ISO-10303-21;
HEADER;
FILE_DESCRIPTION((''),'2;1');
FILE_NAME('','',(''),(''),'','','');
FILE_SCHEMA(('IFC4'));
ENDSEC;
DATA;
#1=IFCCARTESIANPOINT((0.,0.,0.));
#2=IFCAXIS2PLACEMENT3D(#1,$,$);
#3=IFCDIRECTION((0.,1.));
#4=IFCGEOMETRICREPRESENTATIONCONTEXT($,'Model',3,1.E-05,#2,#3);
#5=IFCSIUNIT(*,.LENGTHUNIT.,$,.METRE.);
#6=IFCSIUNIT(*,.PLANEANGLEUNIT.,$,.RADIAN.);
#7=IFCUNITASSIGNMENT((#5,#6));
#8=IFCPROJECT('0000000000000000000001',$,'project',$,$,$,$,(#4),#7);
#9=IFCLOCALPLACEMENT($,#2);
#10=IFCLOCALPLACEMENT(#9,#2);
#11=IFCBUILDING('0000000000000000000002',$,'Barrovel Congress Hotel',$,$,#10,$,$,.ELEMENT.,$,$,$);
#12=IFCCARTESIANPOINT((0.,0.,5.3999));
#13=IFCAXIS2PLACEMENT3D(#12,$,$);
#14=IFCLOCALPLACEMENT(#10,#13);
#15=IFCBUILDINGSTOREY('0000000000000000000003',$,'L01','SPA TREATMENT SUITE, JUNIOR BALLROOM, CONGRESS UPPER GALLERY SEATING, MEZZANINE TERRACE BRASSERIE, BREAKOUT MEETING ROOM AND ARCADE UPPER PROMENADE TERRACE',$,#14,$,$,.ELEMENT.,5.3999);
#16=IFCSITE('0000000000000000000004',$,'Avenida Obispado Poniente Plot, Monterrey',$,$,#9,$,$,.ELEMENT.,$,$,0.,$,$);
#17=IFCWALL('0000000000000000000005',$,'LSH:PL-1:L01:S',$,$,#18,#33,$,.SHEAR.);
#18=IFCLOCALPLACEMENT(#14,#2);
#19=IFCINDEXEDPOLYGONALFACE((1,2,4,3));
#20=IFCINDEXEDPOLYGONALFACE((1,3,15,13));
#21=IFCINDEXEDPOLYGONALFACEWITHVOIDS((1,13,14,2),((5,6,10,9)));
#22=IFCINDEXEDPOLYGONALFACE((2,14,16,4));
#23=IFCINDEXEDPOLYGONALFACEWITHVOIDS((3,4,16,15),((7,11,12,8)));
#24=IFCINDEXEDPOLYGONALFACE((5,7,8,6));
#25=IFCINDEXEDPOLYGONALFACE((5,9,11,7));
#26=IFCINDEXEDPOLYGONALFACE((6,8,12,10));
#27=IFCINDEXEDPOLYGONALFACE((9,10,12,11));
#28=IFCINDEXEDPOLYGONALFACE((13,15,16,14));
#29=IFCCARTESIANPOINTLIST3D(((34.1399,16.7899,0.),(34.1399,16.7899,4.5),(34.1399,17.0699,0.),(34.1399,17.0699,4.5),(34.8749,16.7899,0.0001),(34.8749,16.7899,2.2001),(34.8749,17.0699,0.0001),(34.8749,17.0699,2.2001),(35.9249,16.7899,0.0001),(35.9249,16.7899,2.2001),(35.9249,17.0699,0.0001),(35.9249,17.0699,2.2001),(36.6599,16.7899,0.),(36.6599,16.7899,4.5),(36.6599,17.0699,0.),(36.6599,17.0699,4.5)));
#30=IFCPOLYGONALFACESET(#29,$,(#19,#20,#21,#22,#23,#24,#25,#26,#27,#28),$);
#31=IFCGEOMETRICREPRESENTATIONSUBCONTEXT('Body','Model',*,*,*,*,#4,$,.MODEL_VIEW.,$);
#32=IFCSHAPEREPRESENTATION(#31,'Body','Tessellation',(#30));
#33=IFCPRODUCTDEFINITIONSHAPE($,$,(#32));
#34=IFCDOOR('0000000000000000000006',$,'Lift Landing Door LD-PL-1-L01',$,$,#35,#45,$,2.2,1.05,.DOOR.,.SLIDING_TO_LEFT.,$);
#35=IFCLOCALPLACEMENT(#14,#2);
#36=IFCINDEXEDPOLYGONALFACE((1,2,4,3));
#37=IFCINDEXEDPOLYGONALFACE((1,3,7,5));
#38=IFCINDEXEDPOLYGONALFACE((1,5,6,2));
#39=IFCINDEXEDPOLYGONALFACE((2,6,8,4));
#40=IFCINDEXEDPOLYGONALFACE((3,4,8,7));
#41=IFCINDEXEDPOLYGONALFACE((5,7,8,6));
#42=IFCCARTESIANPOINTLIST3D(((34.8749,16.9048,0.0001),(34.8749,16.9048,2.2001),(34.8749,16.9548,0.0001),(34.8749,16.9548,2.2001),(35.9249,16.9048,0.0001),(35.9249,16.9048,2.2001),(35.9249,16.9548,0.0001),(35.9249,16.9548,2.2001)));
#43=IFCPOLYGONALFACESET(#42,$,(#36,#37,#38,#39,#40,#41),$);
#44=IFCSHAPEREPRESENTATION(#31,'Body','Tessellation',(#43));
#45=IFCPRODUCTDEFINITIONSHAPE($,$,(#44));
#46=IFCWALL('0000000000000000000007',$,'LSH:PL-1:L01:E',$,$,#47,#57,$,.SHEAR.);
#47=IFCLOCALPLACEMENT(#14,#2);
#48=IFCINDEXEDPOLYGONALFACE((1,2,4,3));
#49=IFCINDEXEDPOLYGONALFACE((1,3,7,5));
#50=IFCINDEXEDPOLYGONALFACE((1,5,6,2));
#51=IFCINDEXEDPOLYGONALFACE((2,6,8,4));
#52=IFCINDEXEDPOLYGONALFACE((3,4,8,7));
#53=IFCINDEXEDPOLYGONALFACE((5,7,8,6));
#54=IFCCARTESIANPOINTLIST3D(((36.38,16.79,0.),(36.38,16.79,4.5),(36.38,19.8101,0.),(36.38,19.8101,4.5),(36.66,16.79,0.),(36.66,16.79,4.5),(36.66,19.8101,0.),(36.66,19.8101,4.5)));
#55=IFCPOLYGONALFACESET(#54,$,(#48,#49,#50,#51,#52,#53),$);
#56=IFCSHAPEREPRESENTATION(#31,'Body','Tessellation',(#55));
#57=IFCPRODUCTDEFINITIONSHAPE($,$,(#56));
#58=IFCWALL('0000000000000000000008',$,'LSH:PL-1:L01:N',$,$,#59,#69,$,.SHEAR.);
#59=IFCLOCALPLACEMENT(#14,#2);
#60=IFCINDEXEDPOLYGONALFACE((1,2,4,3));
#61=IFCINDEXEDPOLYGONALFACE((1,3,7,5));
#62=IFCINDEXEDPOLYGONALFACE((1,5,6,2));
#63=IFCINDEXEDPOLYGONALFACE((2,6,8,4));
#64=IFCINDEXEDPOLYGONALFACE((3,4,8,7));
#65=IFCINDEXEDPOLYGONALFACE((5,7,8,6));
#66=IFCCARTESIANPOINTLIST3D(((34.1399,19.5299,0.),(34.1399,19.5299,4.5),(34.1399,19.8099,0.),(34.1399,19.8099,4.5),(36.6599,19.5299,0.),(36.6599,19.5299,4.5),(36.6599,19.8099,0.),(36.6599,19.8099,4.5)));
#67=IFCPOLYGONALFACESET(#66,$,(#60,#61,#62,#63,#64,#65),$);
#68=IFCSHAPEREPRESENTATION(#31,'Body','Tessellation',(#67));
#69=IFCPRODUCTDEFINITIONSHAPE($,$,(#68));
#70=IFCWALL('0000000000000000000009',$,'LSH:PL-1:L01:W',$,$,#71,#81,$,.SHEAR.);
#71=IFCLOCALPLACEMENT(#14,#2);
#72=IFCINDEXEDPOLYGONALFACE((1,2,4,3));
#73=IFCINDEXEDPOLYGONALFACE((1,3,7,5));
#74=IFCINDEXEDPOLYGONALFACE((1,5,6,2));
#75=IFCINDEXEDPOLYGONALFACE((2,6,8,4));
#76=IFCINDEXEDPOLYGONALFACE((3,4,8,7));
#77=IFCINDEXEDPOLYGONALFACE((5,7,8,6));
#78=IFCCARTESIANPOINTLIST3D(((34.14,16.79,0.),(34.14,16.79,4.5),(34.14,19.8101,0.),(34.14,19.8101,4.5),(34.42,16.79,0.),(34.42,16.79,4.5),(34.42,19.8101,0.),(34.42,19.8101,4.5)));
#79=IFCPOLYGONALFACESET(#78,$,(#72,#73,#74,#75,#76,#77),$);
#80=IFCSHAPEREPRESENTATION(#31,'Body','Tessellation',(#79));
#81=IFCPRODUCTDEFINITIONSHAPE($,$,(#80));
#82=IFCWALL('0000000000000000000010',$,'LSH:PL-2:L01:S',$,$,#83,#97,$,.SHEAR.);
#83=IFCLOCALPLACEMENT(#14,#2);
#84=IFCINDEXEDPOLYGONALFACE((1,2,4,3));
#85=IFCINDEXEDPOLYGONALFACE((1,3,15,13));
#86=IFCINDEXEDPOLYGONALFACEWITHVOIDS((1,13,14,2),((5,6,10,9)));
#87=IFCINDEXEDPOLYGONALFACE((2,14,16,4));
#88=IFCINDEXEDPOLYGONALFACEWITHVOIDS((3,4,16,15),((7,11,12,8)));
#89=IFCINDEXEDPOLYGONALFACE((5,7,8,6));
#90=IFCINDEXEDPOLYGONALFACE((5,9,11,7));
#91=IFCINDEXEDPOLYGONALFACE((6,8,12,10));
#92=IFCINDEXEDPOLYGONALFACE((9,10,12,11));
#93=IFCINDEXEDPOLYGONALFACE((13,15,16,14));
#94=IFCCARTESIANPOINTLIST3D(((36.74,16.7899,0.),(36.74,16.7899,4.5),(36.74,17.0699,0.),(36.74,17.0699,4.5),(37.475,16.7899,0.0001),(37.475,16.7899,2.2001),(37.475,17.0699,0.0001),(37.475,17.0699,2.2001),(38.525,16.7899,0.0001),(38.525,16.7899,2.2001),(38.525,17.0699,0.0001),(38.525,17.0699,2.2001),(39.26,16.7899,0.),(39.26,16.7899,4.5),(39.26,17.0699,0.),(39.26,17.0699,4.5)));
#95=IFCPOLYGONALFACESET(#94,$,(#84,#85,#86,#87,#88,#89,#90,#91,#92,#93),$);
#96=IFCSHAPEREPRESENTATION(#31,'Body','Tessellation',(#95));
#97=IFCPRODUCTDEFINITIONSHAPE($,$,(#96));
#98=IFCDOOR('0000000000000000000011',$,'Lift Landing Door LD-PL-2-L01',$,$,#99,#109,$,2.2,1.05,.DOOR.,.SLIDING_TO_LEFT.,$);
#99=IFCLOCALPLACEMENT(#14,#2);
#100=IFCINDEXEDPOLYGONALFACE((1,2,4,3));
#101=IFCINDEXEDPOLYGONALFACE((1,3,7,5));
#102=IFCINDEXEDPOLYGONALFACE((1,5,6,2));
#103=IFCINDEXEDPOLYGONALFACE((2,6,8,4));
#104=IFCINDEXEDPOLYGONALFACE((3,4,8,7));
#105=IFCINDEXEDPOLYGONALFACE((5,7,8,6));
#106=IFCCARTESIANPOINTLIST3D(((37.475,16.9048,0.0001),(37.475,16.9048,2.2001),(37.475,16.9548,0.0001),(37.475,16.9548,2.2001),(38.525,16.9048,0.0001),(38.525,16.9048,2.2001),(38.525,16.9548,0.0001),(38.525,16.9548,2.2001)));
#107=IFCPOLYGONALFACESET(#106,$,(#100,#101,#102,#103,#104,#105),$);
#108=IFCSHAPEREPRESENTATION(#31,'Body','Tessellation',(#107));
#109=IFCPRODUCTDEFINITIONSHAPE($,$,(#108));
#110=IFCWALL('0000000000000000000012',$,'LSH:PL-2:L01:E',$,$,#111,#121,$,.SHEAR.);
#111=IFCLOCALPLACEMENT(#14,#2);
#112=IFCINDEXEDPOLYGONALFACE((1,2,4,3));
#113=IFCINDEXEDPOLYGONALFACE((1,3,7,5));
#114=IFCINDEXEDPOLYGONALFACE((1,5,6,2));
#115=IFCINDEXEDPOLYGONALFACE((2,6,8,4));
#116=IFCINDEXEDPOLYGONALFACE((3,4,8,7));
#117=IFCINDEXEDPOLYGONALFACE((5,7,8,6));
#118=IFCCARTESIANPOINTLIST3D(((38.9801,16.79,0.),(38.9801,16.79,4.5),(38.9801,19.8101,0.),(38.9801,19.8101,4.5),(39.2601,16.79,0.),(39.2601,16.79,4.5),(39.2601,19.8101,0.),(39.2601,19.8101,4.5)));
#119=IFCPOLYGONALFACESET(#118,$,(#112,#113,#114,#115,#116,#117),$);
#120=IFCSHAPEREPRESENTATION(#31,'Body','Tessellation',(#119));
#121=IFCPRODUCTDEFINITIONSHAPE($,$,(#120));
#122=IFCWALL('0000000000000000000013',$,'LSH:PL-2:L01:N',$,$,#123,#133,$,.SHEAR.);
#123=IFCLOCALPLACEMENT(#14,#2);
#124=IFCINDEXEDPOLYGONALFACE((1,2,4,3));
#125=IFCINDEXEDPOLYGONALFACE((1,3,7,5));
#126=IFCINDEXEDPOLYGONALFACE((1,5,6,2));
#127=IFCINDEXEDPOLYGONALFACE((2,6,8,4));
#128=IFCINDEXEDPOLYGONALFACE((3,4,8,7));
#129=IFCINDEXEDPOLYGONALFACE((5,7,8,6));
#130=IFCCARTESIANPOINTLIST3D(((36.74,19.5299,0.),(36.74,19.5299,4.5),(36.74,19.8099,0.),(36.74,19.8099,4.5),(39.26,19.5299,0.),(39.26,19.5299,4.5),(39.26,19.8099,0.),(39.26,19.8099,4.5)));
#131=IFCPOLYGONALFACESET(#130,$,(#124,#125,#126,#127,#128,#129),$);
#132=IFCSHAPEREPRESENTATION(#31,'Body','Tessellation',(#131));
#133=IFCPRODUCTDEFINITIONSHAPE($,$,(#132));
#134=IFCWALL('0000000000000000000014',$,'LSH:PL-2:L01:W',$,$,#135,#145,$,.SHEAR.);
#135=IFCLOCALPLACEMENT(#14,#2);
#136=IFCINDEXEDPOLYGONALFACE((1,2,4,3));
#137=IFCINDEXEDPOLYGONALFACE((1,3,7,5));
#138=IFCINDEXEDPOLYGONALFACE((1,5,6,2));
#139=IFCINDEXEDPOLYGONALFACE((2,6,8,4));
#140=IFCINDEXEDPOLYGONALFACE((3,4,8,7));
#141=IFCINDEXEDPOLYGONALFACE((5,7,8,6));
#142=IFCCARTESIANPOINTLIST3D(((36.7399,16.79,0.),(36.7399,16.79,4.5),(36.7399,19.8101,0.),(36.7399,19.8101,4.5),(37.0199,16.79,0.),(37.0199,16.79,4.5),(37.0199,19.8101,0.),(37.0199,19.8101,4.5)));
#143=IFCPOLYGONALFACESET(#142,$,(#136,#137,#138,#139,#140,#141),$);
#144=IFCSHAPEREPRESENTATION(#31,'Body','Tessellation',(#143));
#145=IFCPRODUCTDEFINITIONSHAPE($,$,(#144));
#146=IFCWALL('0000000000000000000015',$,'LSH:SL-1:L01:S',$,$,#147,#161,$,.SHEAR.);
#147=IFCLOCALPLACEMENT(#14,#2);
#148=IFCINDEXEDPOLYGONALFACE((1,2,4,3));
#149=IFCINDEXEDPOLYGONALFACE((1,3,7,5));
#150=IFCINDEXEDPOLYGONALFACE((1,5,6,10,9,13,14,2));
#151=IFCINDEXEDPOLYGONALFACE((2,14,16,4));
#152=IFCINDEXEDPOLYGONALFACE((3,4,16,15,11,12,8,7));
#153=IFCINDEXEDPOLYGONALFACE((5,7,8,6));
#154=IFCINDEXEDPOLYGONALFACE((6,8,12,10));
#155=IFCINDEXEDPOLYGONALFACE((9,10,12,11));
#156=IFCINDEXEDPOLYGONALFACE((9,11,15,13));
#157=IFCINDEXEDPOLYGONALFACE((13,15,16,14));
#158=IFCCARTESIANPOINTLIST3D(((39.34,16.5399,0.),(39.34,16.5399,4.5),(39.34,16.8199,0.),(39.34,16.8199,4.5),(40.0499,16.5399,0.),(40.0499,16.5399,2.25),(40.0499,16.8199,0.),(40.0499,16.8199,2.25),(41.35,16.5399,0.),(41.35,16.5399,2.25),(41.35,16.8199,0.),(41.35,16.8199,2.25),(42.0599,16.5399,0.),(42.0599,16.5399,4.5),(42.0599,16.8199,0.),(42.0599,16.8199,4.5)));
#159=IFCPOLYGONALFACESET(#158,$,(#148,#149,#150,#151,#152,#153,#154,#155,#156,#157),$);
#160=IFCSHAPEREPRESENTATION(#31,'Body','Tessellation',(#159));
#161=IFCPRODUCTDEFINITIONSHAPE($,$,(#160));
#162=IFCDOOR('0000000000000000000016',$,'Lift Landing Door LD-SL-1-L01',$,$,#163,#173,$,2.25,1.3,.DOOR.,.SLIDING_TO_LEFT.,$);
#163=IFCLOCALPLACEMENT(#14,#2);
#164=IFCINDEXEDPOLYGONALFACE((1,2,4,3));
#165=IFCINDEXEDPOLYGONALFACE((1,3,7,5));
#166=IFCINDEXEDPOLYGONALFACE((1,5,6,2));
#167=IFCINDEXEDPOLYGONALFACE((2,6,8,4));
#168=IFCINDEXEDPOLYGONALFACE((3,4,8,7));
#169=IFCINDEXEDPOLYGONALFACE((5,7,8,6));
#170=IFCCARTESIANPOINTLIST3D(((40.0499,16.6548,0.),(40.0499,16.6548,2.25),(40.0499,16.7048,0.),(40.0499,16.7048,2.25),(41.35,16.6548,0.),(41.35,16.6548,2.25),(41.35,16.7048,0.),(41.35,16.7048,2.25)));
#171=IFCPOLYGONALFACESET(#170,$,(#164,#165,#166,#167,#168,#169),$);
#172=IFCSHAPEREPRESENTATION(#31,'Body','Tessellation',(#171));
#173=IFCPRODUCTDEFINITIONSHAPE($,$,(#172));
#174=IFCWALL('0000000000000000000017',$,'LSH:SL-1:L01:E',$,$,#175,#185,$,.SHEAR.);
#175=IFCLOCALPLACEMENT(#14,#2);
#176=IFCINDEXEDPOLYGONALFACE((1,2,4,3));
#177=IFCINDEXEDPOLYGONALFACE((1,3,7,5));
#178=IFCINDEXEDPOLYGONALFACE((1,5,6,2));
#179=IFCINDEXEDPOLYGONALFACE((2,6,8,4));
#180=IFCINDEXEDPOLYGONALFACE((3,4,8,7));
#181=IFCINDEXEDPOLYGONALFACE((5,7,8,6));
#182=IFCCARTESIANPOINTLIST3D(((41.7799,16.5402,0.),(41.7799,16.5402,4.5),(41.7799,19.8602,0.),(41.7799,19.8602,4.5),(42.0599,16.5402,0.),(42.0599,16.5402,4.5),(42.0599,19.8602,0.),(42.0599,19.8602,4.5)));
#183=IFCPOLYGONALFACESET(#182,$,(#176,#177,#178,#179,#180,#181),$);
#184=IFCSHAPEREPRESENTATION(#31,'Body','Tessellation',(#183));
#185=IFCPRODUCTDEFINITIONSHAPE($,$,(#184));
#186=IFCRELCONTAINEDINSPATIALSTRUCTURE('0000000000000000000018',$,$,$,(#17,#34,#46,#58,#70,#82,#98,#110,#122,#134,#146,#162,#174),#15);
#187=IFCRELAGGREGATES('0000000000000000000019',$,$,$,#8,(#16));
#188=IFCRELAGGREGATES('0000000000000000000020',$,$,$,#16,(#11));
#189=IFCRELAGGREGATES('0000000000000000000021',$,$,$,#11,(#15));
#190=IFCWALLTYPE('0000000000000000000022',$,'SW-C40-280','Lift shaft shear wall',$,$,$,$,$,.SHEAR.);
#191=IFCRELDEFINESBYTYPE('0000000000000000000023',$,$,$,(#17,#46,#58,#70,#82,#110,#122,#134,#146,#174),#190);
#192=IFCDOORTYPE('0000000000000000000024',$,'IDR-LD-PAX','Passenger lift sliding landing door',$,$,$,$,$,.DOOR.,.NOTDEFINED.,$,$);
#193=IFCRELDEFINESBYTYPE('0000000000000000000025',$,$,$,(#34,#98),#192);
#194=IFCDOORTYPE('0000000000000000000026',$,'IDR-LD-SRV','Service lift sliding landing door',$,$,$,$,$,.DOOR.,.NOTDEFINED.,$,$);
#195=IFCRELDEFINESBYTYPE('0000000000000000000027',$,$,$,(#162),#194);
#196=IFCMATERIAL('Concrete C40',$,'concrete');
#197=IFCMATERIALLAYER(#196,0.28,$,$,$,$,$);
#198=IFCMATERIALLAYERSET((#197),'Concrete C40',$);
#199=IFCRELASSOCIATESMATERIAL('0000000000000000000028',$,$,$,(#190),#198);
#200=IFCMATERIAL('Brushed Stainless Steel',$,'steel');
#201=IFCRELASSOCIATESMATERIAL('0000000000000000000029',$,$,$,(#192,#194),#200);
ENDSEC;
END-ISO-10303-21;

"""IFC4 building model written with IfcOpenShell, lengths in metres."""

from ifc_helpers import new_model, si_unit, direction, frame, frame_2d, origin, place, context, subcontext, project, spatial, rectangle, extrude, material, layer, layer_set, type_object, element, fill, save


model = new_model("IFC4")

# Units and contexts
model_context = context("Model", 3, precision=1e-05, world=origin(), true_north=direction((0.0, 1.0)))
body_context = subcontext(model_context, "Body", "Model", "MODEL_VIEW")
ifc_project = project(units=[si_unit("LENGTHUNIT", "METRE"), si_unit("PLANEANGLEUNIT", "RADIAN")], contexts=[model_context])

# Site, building, storey
site_placement = place(None, origin())
site = spatial("IfcSite", under=ifc_project, at=site_placement, Name="Avenida Obispado Poniente Plot, Monterrey", CompositionType="ELEMENT", RefElevation=0.0)
building_placement = place(site_placement, origin())
building = spatial("IfcBuilding", under=site, at=building_placement, Name="Barrovel Congress Hotel", CompositionType="ELEMENT")
storey_placement = place(building_placement, frame((0.0, 0.0, 5.3999)))
storey = spatial("IfcBuildingStorey", under=building, at=storey_placement, Name="L01", Description="SPA TREATMENT SUITE, JUNIOR BALLROOM, CONGRESS UPPER GALLERY SEATING, MEZZANINE TERRACE BRASSERIE, BREAKOUT MEETING ROOM AND ARCADE UPPER PROMENADE TERRACE", CompositionType="ELEMENT", Elevation=5.3999)

# Shared definitions
ifc_material_1 = material(Name="Concrete C40", Category="concrete")

# Wall, opening, door
ifc_layer_1 = layer(ifc_material_1, 0.28)
ifc_layer_set_1 = layer_set([ifc_layer_1], Name="Concrete C40")
wall_type_1 = type_object("IfcWallType", Name="SW-C40-280", Description="Lift shaft shear wall", PredefinedType="SHEAR", material=ifc_layer_set_1)
wall_1_placement = place(storey_placement, frame((34.1399, 16.9299, 0.0), z_axis=(0.0, 0.0, 1.0), x_axis=(1.0, 0.0, 0.0)))
wall_1 = element("IfcWall", 1, at=wall_1_placement, inside=storey, type_object=wall_type_1, Name="LSH:PL-1:L01:S", PredefinedType="SHEAR", context=body_context, shape_type="SweptSolid", body=[
    extrude(rectangle(XDim=2.52, YDim=0.28, at=frame_2d((1.26, 0.0))), origin(), (0.0, 0.0, 1.0), 4.5),
])
opening_1_placement = place(wall_1_placement, frame((0.7351, 0.0, 0.0)))
opening_1 = element("IfcOpeningElement", 2, at=opening_1_placement, cuts=wall_1, PredefinedType="OPENING", context=body_context, shape_type="SweptSolid", body=[
    extrude(rectangle(XDim=1.05, YDim=2.2, at=frame_2d((0.5249, 1.1001))), frame((0.0, 0.1499, 0.0), z_axis=(0.0, -1.0, 0.0), x_axis=(1.0, 0.0, 0.0)), (0.0, 0.0, 1.0), 0.3),
])
ifc_material_2 = material(Name="Brushed Stainless Steel", Category="steel")
door_type_1 = type_object("IfcDoorType", Name="IDR-LD-PAX", Description="Passenger lift sliding landing door", OperationType="NOTDEFINED", PredefinedType="DOOR", material=ifc_material_2)
door_1_placement = place(opening_1_placement, origin())
door_1 = element("IfcDoor", 3, at=door_1_placement, inside=storey, type_object=door_type_1, Name="Lift Landing Door LD-PL-1-L01", OperationType="SLIDING_TO_LEFT", OverallHeight=2.2, OverallWidth=1.05, PredefinedType="DOOR", context=body_context, shape_type="SweptSolid", body=[
    extrude(rectangle(XDim=1.05, YDim=2.2, at=frame_2d((0.5249, 1.1001))), frame((0.0, 0.0249, 0.0), z_axis=(0.0, -1.0, 0.0), x_axis=(1.0, 0.0, 0.0)), (0.0, 0.0, 1.0), 0.05),
])
fill(opening_1, door_1)

# Walls
wall_2_placement = place(storey_placement, frame((36.52, 16.79, 0.0), z_axis=(0.0, 0.0, 1.0), x_axis=(0.0, 1.0, 0.0)))
element("IfcWall", 4, at=wall_2_placement, inside=storey, type_object=wall_type_1, Name="LSH:PL-1:L01:E", PredefinedType="SHEAR", context=body_context, shape_type="SweptSolid", body=[
    extrude(rectangle(XDim=3.02, YDim=0.28, at=frame_2d((1.51, 0.0))), origin(), (0.0, 0.0, 1.0), 4.5),
])
wall_3_placement = place(storey_placement, frame((36.6599, 19.6699, 0.0), z_axis=(0.0, 0.0, 1.0), x_axis=(-1.0, 0.0, 0.0)))
element("IfcWall", 5, at=wall_3_placement, inside=storey, type_object=wall_type_1, Name="LSH:PL-1:L01:N", PredefinedType="SHEAR", context=body_context, shape_type="SweptSolid", body=[
    extrude(rectangle(XDim=2.52, YDim=0.28, at=frame_2d((1.26, 0.0))), origin(), (0.0, 0.0, 1.0), 4.5),
])
wall_4_placement = place(storey_placement, frame((34.28, 19.8101, 0.0), z_axis=(0.0, 0.0, 1.0), x_axis=(0.0, -1.0, 0.0)))
element("IfcWall", 6, at=wall_4_placement, inside=storey, type_object=wall_type_1, Name="LSH:PL-1:L01:W", PredefinedType="SHEAR", context=body_context, shape_type="SweptSolid", body=[
    extrude(rectangle(XDim=3.02, YDim=0.28, at=frame_2d((1.51, 0.0))), origin(), (0.0, 0.0, 1.0), 4.5),
])

# Wall, opening, door
wall_5_placement = place(storey_placement, frame((36.74, 16.9299, 0.0), z_axis=(0.0, 0.0, 1.0), x_axis=(1.0, 0.0, 0.0)))
wall_5 = element("IfcWall", 7, at=wall_5_placement, inside=storey, type_object=wall_type_1, Name="LSH:PL-2:L01:S", PredefinedType="SHEAR", context=body_context, shape_type="SweptSolid", body=[
    extrude(rectangle(XDim=2.52, YDim=0.28, at=frame_2d((1.26, 0.0))), origin(), (0.0, 0.0, 1.0), 4.5),
])
opening_2_placement = place(wall_5_placement, frame((0.7351, 0.0, 0.0)))
opening_2 = element("IfcOpeningElement", 8, at=opening_2_placement, cuts=wall_5, PredefinedType="OPENING", context=body_context, shape_type="SweptSolid", body=[
    extrude(rectangle(XDim=1.05, YDim=2.2, at=frame_2d((0.5249, 1.1001))), frame((0.0, 0.1499, 0.0), z_axis=(0.0, -1.0, 0.0), x_axis=(1.0, 0.0, 0.0)), (0.0, 0.0, 1.0), 0.3),
])
door_2_placement = place(opening_2_placement, origin())
door_2 = element("IfcDoor", 9, at=door_2_placement, inside=storey, type_object=door_type_1, Name="Lift Landing Door LD-PL-2-L01", OperationType="SLIDING_TO_LEFT", OverallHeight=2.2, OverallWidth=1.05, PredefinedType="DOOR", context=body_context, shape_type="SweptSolid", body=[
    extrude(rectangle(XDim=1.05, YDim=2.2, at=frame_2d((0.5249, 1.1001))), frame((0.0, 0.0249, 0.0), z_axis=(0.0, -1.0, 0.0), x_axis=(1.0, 0.0, 0.0)), (0.0, 0.0, 1.0), 0.05),
])
fill(opening_2, door_2)

# Walls
wall_6_placement = place(storey_placement, frame((39.1201, 16.79, 0.0), z_axis=(0.0, 0.0, 1.0), x_axis=(0.0, 1.0, 0.0)))
element("IfcWall", 10, at=wall_6_placement, inside=storey, type_object=wall_type_1, Name="LSH:PL-2:L01:E", PredefinedType="SHEAR", context=body_context, shape_type="SweptSolid", body=[
    extrude(rectangle(XDim=3.02, YDim=0.28, at=frame_2d((1.51, 0.0))), origin(), (0.0, 0.0, 1.0), 4.5),
])
wall_7_placement = place(storey_placement, frame((39.26, 19.6699, 0.0), z_axis=(0.0, 0.0, 1.0), x_axis=(-1.0, 0.0, 0.0)))
element("IfcWall", 11, at=wall_7_placement, inside=storey, type_object=wall_type_1, Name="LSH:PL-2:L01:N", PredefinedType="SHEAR", context=body_context, shape_type="SweptSolid", body=[
    extrude(rectangle(XDim=2.52, YDim=0.28, at=frame_2d((1.26, 0.0))), origin(), (0.0, 0.0, 1.0), 4.5),
])
wall_8_placement = place(storey_placement, frame((36.8799, 19.8101, 0.0), z_axis=(0.0, 0.0, 1.0), x_axis=(0.0, -1.0, 0.0)))
element("IfcWall", 12, at=wall_8_placement, inside=storey, type_object=wall_type_1, Name="LSH:PL-2:L01:W", PredefinedType="SHEAR", context=body_context, shape_type="SweptSolid", body=[
    extrude(rectangle(XDim=3.02, YDim=0.28, at=frame_2d((1.51, 0.0))), origin(), (0.0, 0.0, 1.0), 4.5),
])

# Wall, opening, door
wall_9_placement = place(storey_placement, frame((39.3401, 16.6799, 0.0), z_axis=(0.0, 0.0, 1.0), x_axis=(1.0, 0.0, 0.0)))
wall_9 = element("IfcWall", 13, at=wall_9_placement, inside=storey, type_object=wall_type_1, Name="LSH:SL-1:L01:S", PredefinedType="SHEAR", context=body_context, shape_type="SweptSolid", body=[
    extrude(rectangle(XDim=2.72, YDim=0.28, at=frame_2d((1.3599, 0.0))), origin(), (0.0, 0.0, 1.0), 4.5),
])
opening_3_placement = place(wall_9_placement, frame((0.71, 0.0, 0.0)))
opening_3 = element("IfcOpeningElement", 14, at=opening_3_placement, cuts=wall_9, PredefinedType="OPENING", context=body_context, shape_type="SweptSolid", body=[
    extrude(rectangle(XDim=1.3, YDim=2.25, at=frame_2d((0.6499, 1.125))), frame((0.0, 0.1499, 0.0), z_axis=(0.0, -1.0, 0.0), x_axis=(1.0, 0.0, 0.0)), (0.0, 0.0, 1.0), 0.3),
])
door_type_2 = type_object("IfcDoorType", Name="IDR-LD-SRV", Description="Service lift sliding landing door", OperationType="NOTDEFINED", PredefinedType="DOOR", material=ifc_material_2)
door_3_placement = place(opening_3_placement, origin())
door_3 = element("IfcDoor", 15, at=door_3_placement, inside=storey, type_object=door_type_2, Name="Lift Landing Door LD-SL-1-L01", OperationType="SLIDING_TO_LEFT", OverallHeight=2.25, OverallWidth=1.3, PredefinedType="DOOR", context=body_context, shape_type="SweptSolid", body=[
    extrude(rectangle(XDim=1.3, YDim=2.25, at=frame_2d((0.6499, 1.125))), frame((0.0, 0.0249, 0.0), z_axis=(0.0, -1.0, 0.0), x_axis=(1.0, 0.0, 0.0)), (0.0, 0.0, 1.0), 0.05),
])
fill(opening_3, door_3)

# Wall
wall_10_placement = place(storey_placement, frame((41.9199, 16.54, 0.0), z_axis=(0.0, 0.0, 1.0), x_axis=(0.0, 1.0, 0.0)))
element("IfcWall", 16, at=wall_10_placement, inside=storey, type_object=wall_type_1, Name="LSH:SL-1:L01:E", PredefinedType="SHEAR", context=body_context, shape_type="SweptSolid", body=[
    extrude(rectangle(XDim=3.3201, YDim=0.28, at=frame_2d((1.6602, 0.0))), origin(), (0.0, 0.0, 1.0), 4.5),
])

save(model, "model.ifc")
